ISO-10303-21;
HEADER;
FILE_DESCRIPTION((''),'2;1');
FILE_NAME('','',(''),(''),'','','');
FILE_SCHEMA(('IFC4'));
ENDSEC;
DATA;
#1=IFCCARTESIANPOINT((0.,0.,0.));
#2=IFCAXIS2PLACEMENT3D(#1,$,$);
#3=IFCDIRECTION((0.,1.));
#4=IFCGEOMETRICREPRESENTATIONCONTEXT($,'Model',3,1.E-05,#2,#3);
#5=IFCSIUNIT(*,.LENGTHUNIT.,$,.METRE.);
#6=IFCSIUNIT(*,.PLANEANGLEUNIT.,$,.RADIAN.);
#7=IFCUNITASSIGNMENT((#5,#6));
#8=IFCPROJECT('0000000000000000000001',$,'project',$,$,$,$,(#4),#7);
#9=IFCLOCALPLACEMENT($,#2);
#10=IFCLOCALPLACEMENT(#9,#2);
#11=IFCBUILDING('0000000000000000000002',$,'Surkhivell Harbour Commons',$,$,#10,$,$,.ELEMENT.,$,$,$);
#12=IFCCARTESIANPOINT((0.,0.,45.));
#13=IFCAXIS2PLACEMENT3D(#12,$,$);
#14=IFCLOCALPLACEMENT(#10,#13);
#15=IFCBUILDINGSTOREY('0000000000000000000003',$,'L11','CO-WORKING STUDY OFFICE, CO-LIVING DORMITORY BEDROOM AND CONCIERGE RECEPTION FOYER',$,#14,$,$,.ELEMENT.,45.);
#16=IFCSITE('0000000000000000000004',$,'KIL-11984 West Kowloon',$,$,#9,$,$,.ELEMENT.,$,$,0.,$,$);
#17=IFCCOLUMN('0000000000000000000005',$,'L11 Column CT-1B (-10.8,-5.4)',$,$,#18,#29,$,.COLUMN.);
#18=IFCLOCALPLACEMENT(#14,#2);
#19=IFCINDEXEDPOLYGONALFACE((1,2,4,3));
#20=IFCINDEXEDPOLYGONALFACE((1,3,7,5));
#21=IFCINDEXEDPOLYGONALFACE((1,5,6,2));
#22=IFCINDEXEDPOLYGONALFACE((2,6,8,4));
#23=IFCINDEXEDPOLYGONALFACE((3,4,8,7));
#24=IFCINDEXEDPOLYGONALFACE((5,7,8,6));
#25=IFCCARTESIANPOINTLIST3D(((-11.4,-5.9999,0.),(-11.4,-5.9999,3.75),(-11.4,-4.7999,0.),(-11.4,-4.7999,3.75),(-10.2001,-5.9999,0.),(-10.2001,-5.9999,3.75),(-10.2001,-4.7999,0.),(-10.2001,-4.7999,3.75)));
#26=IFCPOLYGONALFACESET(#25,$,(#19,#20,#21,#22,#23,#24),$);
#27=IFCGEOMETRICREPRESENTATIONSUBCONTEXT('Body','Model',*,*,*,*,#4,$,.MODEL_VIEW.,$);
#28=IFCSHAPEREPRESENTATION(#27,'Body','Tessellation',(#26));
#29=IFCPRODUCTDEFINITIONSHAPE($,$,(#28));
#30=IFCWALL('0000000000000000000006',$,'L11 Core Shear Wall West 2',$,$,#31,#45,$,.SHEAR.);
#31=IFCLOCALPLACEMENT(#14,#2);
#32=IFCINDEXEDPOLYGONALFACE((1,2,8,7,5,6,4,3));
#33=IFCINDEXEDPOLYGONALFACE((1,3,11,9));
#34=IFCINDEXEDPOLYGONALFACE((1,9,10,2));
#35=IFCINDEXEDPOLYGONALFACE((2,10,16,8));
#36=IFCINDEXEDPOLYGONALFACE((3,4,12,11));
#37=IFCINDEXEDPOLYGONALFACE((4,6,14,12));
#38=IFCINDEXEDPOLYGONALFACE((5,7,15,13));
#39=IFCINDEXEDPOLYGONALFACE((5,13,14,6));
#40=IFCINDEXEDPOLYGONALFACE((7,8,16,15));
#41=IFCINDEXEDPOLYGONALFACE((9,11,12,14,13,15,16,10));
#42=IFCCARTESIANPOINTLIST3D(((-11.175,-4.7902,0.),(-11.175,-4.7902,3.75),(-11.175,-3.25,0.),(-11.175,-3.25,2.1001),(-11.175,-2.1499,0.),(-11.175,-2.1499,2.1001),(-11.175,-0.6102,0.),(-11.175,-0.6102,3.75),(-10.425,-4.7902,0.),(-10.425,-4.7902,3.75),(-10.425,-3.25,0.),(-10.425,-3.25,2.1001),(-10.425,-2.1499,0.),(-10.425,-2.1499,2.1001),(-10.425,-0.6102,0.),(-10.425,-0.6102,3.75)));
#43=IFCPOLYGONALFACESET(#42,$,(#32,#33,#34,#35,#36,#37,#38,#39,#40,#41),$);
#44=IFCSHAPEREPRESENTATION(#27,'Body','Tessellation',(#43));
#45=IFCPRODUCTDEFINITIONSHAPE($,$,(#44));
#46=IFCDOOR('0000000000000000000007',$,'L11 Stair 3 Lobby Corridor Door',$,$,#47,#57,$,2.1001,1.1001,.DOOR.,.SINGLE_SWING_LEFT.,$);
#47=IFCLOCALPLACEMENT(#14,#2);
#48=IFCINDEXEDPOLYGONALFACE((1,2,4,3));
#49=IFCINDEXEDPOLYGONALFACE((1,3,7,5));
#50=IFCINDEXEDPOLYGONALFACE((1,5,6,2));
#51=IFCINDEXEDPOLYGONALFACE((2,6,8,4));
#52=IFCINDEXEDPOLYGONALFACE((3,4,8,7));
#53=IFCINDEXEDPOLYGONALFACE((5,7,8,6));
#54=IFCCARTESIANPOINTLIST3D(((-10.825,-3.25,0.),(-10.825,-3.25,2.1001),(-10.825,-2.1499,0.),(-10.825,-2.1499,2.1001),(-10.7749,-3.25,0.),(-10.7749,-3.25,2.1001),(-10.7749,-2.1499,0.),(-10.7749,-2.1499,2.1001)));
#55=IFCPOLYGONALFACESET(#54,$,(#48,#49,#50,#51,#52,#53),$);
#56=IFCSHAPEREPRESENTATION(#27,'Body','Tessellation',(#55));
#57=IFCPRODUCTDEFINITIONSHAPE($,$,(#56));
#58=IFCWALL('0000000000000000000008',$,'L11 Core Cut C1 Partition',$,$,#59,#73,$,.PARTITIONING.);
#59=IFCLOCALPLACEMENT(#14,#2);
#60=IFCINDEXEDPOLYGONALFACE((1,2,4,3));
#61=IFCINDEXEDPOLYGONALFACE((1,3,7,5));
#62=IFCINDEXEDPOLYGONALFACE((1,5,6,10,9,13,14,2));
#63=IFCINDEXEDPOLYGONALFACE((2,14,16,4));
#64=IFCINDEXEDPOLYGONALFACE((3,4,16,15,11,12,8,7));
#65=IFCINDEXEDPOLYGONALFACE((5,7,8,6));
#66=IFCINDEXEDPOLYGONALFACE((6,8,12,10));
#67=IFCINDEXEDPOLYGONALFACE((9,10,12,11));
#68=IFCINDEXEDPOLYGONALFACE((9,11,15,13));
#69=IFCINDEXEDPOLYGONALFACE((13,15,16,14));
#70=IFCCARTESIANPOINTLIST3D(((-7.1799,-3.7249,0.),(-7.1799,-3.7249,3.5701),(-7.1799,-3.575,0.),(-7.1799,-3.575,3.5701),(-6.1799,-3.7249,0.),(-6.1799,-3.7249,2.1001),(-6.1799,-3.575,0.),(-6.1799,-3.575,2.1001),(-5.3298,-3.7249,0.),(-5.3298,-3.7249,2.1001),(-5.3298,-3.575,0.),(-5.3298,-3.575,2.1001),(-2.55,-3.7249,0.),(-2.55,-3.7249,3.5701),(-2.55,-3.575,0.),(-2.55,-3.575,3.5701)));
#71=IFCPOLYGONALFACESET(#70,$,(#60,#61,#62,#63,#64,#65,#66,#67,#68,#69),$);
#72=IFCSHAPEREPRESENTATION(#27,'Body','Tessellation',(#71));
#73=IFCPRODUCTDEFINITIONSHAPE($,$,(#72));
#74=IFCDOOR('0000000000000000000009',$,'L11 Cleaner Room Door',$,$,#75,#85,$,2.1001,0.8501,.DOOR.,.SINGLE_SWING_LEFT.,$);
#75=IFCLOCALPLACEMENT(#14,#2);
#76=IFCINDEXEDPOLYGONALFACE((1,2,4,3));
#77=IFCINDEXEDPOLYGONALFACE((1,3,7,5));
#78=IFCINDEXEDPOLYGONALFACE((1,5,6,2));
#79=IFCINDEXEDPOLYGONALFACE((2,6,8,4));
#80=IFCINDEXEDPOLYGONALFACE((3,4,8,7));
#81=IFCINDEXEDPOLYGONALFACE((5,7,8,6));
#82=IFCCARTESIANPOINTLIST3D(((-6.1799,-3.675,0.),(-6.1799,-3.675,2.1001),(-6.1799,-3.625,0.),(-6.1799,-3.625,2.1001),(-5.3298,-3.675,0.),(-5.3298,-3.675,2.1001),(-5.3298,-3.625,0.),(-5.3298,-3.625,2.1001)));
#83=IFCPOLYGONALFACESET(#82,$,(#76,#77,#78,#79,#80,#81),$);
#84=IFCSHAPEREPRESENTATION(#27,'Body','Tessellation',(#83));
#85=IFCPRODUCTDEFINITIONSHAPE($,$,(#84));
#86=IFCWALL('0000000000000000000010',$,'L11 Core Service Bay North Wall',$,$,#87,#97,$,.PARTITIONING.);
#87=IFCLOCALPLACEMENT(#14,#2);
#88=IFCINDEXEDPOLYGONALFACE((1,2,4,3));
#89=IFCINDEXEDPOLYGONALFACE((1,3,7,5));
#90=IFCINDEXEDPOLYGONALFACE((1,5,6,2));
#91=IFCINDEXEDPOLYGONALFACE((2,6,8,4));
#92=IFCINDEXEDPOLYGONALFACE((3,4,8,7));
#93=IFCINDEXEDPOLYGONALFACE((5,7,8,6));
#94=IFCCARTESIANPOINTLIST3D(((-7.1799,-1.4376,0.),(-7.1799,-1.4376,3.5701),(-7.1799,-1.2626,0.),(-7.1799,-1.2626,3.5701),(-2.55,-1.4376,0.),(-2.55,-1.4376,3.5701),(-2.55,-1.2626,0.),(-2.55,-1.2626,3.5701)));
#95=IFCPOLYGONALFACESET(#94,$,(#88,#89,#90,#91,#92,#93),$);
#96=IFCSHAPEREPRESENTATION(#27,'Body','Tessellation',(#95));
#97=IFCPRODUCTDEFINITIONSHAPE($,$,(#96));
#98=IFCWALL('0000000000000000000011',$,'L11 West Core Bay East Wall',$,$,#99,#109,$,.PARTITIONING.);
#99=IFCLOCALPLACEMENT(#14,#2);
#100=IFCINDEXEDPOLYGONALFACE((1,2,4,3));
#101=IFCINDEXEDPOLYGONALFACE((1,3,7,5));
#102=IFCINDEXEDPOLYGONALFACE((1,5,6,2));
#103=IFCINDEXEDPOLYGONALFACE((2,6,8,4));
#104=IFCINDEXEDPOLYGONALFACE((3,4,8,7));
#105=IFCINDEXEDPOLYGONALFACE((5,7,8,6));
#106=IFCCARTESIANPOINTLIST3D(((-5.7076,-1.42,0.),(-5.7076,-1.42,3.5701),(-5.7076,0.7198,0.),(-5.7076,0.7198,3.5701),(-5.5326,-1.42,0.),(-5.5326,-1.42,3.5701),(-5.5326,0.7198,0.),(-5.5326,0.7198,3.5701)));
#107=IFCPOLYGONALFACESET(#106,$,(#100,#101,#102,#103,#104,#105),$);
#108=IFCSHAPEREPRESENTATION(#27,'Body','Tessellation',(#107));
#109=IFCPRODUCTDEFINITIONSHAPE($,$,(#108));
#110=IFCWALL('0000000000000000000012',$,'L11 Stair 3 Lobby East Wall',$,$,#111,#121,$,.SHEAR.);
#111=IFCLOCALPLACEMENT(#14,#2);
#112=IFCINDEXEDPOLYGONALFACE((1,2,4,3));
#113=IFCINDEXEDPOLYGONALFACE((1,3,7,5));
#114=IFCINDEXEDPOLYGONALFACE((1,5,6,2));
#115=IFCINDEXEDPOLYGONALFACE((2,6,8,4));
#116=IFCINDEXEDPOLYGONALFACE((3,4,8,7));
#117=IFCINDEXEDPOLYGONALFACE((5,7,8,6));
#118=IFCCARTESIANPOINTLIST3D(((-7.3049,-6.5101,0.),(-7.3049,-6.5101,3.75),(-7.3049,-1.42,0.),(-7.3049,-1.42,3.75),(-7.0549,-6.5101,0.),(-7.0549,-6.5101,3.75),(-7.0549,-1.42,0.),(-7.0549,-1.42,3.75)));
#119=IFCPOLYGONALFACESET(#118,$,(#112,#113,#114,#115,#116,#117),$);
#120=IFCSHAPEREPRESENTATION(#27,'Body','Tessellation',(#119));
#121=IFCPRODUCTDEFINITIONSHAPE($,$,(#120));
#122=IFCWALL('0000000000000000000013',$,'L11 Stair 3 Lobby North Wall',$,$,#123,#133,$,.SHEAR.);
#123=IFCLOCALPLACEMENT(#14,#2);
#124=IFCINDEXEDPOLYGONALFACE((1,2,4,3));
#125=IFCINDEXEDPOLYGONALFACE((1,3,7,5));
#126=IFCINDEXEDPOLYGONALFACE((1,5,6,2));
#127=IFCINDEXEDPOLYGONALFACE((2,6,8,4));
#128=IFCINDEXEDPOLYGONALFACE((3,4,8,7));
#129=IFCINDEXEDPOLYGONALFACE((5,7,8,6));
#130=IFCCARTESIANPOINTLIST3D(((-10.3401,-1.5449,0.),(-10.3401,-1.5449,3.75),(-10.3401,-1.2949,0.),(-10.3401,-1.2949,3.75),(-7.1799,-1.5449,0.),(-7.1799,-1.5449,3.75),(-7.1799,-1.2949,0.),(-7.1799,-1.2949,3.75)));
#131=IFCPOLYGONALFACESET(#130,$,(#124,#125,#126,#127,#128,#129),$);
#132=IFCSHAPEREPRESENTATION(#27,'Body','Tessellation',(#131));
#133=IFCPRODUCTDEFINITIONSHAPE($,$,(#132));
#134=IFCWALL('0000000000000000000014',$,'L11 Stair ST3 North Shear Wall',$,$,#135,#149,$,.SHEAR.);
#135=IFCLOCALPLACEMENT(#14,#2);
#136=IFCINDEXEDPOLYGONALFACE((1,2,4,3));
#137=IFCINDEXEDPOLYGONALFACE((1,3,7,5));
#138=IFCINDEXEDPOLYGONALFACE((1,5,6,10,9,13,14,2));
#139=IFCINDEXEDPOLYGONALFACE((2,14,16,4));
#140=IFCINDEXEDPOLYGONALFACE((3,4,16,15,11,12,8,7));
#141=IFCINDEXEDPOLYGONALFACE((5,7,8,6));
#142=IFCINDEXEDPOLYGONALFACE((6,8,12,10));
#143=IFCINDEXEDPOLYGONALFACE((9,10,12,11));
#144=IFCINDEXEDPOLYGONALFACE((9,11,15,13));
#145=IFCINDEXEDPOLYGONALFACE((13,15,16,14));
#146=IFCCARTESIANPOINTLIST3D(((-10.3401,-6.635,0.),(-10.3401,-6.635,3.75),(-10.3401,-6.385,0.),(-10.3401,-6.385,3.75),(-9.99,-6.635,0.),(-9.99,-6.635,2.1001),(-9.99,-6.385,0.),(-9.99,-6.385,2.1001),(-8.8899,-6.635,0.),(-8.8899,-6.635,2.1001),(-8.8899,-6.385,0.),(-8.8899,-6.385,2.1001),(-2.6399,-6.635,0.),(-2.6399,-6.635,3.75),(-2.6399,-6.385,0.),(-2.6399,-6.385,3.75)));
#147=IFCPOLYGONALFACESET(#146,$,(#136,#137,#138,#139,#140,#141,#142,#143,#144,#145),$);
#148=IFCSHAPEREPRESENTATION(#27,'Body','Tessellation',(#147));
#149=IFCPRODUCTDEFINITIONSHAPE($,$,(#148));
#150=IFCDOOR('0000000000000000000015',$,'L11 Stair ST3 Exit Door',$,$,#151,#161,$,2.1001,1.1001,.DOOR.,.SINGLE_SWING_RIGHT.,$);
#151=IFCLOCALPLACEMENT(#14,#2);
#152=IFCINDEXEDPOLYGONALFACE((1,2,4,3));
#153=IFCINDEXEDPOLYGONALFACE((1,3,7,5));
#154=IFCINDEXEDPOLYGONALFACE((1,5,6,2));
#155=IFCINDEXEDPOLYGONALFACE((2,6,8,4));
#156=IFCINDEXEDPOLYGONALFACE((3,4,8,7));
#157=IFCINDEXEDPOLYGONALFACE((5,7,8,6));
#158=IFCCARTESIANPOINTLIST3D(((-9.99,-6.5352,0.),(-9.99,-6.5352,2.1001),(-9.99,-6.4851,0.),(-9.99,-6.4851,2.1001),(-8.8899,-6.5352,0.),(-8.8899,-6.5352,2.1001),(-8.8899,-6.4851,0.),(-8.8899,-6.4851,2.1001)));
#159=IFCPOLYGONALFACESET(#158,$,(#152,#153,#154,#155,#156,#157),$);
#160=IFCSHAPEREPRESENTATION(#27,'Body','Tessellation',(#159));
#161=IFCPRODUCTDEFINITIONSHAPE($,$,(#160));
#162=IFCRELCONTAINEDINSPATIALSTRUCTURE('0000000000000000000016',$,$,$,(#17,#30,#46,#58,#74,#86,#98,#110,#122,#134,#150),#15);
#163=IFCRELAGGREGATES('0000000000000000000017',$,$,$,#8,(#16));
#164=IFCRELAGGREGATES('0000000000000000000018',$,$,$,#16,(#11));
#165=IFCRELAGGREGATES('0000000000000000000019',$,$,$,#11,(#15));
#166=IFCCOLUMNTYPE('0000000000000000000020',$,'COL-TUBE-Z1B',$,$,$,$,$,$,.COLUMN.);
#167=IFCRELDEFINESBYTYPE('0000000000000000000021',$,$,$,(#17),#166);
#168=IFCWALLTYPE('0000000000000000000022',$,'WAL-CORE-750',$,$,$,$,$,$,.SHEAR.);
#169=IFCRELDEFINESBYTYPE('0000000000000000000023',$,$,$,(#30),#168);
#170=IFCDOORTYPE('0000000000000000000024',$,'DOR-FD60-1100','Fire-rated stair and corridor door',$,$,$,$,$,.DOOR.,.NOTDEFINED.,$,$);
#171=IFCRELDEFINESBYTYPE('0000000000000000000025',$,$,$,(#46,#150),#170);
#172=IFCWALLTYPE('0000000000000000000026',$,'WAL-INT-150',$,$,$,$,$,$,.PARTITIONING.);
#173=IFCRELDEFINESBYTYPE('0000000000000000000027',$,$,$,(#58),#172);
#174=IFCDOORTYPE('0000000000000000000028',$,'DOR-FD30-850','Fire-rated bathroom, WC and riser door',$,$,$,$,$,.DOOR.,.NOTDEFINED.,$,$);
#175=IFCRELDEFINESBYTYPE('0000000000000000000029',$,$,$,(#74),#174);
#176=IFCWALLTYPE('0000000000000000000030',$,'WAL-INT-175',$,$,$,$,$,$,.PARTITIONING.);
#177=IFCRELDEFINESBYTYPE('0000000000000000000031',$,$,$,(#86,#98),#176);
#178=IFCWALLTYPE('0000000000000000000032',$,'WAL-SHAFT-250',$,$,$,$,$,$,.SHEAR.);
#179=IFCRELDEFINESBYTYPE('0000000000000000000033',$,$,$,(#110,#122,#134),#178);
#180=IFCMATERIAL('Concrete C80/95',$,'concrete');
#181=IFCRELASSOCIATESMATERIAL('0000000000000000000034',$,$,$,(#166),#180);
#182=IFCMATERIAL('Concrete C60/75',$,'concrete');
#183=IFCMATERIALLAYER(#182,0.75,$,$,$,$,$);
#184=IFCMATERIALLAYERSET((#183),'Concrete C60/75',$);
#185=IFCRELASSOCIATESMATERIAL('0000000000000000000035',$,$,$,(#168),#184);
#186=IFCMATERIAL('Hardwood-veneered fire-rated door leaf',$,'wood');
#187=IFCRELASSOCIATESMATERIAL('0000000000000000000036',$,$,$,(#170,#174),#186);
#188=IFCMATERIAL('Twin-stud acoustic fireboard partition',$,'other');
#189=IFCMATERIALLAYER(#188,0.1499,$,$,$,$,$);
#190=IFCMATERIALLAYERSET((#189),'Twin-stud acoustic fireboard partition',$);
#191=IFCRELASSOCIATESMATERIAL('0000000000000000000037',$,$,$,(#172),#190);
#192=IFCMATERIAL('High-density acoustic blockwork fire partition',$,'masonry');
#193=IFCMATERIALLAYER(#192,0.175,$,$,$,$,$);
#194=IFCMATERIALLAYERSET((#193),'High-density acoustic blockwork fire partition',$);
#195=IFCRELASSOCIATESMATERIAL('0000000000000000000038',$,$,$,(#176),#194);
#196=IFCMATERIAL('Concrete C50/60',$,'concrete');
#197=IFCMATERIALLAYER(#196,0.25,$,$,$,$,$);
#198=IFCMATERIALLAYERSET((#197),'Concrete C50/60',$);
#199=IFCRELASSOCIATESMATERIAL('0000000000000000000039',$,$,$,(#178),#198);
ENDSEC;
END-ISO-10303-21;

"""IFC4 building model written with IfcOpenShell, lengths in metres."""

from ifc_helpers import new_model, si_unit, direction, frame, frame_2d, origin, origin_2d, place, context, subcontext, project, spatial, rectangle, extrude, material, layer, layer_set, material_profile, profile_set, type_object, element, fill, save


model = new_model("IFC4")

# Units and contexts
model_context = context("Model", 3, precision=1e-05, world=origin(), true_north=direction((0.0, 1.0)))
body_context = subcontext(model_context, "Body", "Model", "MODEL_VIEW")
ifc_project = project(units=[si_unit("LENGTHUNIT", "METRE"), si_unit("PLANEANGLEUNIT", "RADIAN")], contexts=[model_context])

# Site, building, storey
site_placement = place(None, origin())
site = spatial("IfcSite", under=ifc_project, at=site_placement, Name="KIL-11984 West Kowloon", CompositionType="ELEMENT", RefElevation=0.0)
building_placement = place(site_placement, origin())
building = spatial("IfcBuilding", under=site, at=building_placement, Name="Surkhivell Harbour Commons", CompositionType="ELEMENT")
storey_placement = place(building_placement, frame((0.0, 0.0, 45.0)))
storey = spatial("IfcBuildingStorey", under=building, at=storey_placement, Name="L11", Description="CO-WORKING STUDY OFFICE, CO-LIVING DORMITORY BEDROOM AND CONCIERGE RECEPTION FOYER", CompositionType="ELEMENT", Elevation=45.0)

# Column
ifc_material_1 = material(Name="Concrete C80/95", Category="concrete")
ifc_material_profile = material_profile(ifc_material_1, rectangle(XDim=1.2, YDim=1.2, at=origin_2d()), Name="RC-COL-1200x1200")
ifc_profile_set = profile_set([ifc_material_profile], Name="Concrete C80/95")
column_type = type_object("IfcColumnType", Name="COL-TUBE-Z1B", PredefinedType="COLUMN", material=ifc_profile_set)
column_placement = place(storey_placement, frame((-10.8, -5.3999, 0.0), z_axis=(0.0, 0.0, 1.0), x_axis=(1.0, 0.0, 0.0)))
element("IfcColumn", 1, at=column_placement, inside=storey, type_object=column_type, Name="L11 Column CT-1B (-10.8,-5.4)", PredefinedType="COLUMN", context=body_context, shape_type="SweptSolid", body=[
    extrude(rectangle(XDim=1.2, YDim=1.2, at=origin_2d()), origin(), (0.0, 0.0, 1.0), 3.75),
])

# Walls, openings, doors
ifc_material_2 = material(Name="Concrete C60/75", Category="concrete")
ifc_layer_1 = layer(ifc_material_2, 0.75)
ifc_layer_set_1 = layer_set([ifc_layer_1], Name="Concrete C60/75")
wall_type_1 = type_object("IfcWallType", Name="WAL-CORE-750", PredefinedType="SHEAR", material=ifc_layer_set_1)
wall_1_placement = place(storey_placement, frame((-10.8, -4.79, 0.0), z_axis=(0.0, 0.0, 1.0), x_axis=(0.0, 1.0, 0.0)))
wall_1 = element("IfcWall", 2, at=wall_1_placement, inside=storey, type_object=wall_type_1, Name="L11 Core Shear Wall West 2", PredefinedType="SHEAR", context=body_context, shape_type="SweptSolid", body=[
    extrude(rectangle(XDim=4.1799, YDim=0.75, at=frame_2d((2.0898, 0.0))), origin(), (0.0, 0.0, 1.0), 3.75),
])
opening_1_placement = place(wall_1_placement, frame((1.54, 0.0, 0.0)))
opening_1 = element("IfcOpeningElement", 3, at=opening_1_placement, cuts=wall_1, PredefinedType="OPENING", context=body_context, shape_type="SweptSolid", body=[
    extrude(rectangle(XDim=1.1001, YDim=2.1001, at=frame_2d((0.55, 1.05))), frame((0.0, 0.385, 0.0), z_axis=(0.0, -1.0, 0.0), x_axis=(1.0, 0.0, 0.0)), (0.0, 0.0, 1.0), 0.77),
])
ifc_material_3 = material(Name="Hardwood-veneered fire-rated door leaf", Category="wood")
door_type_1 = type_object("IfcDoorType", Name="DOR-FD60-1100", Description="Fire-rated stair and corridor door", OperationType="NOTDEFINED", PredefinedType="DOOR", material=ifc_material_3)
door_1_placement = place(opening_1_placement, origin())
door_1 = element("IfcDoor", 4, at=door_1_placement, inside=storey, type_object=door_type_1, Name="L11 Stair 3 Lobby Corridor Door", OperationType="SINGLE_SWING_LEFT", OverallHeight=2.1001, OverallWidth=1.1001, PredefinedType="DOOR", context=body_context, shape_type="SweptSolid", body=[
    extrude(rectangle(XDim=1.1001, YDim=2.1001, at=frame_2d((0.55, 1.05))), frame((0.0, 0.0249, 0.0), z_axis=(0.0, -1.0, 0.0), x_axis=(1.0, 0.0, 0.0)), (0.0, 0.0, 1.0), 0.05),
])
fill(opening_1, door_1)
ifc_material_4 = material(Name="Twin-stud acoustic fireboard partition", Category="other")
ifc_layer_2 = layer(ifc_material_4, 0.1499)
ifc_layer_set_2 = layer_set([ifc_layer_2], Name="Twin-stud acoustic fireboard partition")
wall_type_2 = type_object("IfcWallType", Name="WAL-INT-150", PredefinedType="PARTITIONING", material=ifc_layer_set_2)
wall_2_placement = place(storey_placement, frame((-7.1799, -3.6499, 0.0), z_axis=(0.0, 0.0, 1.0), x_axis=(1.0, 0.0, 0.0)))
wall_2 = element("IfcWall", 5, at=wall_2_placement, inside=storey, type_object=wall_type_2, Name="L11 Core Cut C1 Partition", PredefinedType="PARTITIONING", context=body_context, shape_type="SweptSolid", body=[
    extrude(rectangle(XDim=4.6299, YDim=0.1499, at=frame_2d((2.3149, 0.0))), origin(), (0.0, 0.0, 1.0), 3.5701),
])
opening_2_placement = place(wall_2_placement, frame((1.0, 0.0, 0.0)))
opening_2 = element("IfcOpeningElement", 6, at=opening_2_placement, cuts=wall_2, PredefinedType="OPENING", context=body_context, shape_type="SweptSolid", body=[
    extrude(rectangle(XDim=0.8501, YDim=2.1001, at=frame_2d((0.425, 1.05))), frame((0.0, 0.085, 0.0), z_axis=(0.0, -1.0, 0.0), x_axis=(1.0, 0.0, 0.0)), (0.0, 0.0, 1.0), 0.1699),
])
door_type_2 = type_object("IfcDoorType", Name="DOR-FD30-850", Description="Fire-rated bathroom, WC and riser door", OperationType="NOTDEFINED", PredefinedType="DOOR", material=ifc_material_3)
door_2_placement = place(opening_2_placement, origin())
door_2 = element("IfcDoor", 7, at=door_2_placement, inside=storey, type_object=door_type_2, Name="L11 Cleaner Room Door", OperationType="SINGLE_SWING_LEFT", OverallHeight=2.1001, OverallWidth=0.8501, PredefinedType="DOOR", context=body_context, shape_type="SweptSolid", body=[
    extrude(rectangle(XDim=0.8501, YDim=2.1001, at=frame_2d((0.425, 1.05))), frame((0.0, 0.0249, 0.0), z_axis=(0.0, -1.0, 0.0), x_axis=(1.0, 0.0, 0.0)), (0.0, 0.0, 1.0), 0.05),
])
fill(opening_2, door_2)

# Walls
ifc_material_5 = material(Name="High-density acoustic blockwork fire partition", Category="masonry")
ifc_layer_3 = layer(ifc_material_5, 0.175)
ifc_layer_set_3 = layer_set([ifc_layer_3], Name="High-density acoustic blockwork fire partition")
wall_type_3 = type_object("IfcWallType", Name="WAL-INT-175", PredefinedType="PARTITIONING", material=ifc_layer_set_3)
wall_3_placement = place(storey_placement, frame((-7.1799, -1.3501, 0.0), z_axis=(0.0, 0.0, 1.0), x_axis=(1.0, 0.0, 0.0)))
element("IfcWall", 8, at=wall_3_placement, inside=storey, type_object=wall_type_3, Name="L11 Core Service Bay North Wall", PredefinedType="PARTITIONING", context=body_context, shape_type="SweptSolid", body=[
    extrude(rectangle(XDim=4.6299, YDim=0.175, at=frame_2d((2.3149, 0.0))), origin(), (0.0, 0.0, 1.0), 3.5701),
])
wall_4_placement = place(storey_placement, frame((-5.6201, -1.4199, 0.0), z_axis=(0.0, 0.0, 1.0), x_axis=(0.0, 1.0, 0.0)))
element("IfcWall", 9, at=wall_4_placement, inside=storey, type_object=wall_type_3, Name="L11 West Core Bay East Wall", PredefinedType="PARTITIONING", context=body_context, shape_type="SweptSolid", body=[
    extrude(rectangle(XDim=2.1399, YDim=0.175, at=frame_2d((1.0698, 0.0))), origin(), (0.0, 0.0, 1.0), 3.5701),
])
ifc_material_6 = material(Name="Concrete C50/60", Category="concrete")
ifc_layer_4 = layer(ifc_material_6, 0.25)
ifc_layer_set_4 = layer_set([ifc_layer_4], Name="Concrete C50/60")
wall_type_4 = type_object("IfcWallType", Name="WAL-SHAFT-250", PredefinedType="SHEAR", material=ifc_layer_set_4)
wall_5_placement = place(storey_placement, frame((-7.1799, -6.51, 0.0), z_axis=(0.0, 0.0, 1.0), x_axis=(0.0, 1.0, 0.0)))
element("IfcWall", 10, at=wall_5_placement, inside=storey, type_object=wall_type_4, Name="L11 Stair 3 Lobby East Wall", PredefinedType="SHEAR", context=body_context, shape_type="SweptSolid", body=[
    extrude(rectangle(XDim=5.0901, YDim=0.25, at=frame_2d((2.5449, 0.0))), origin(), (0.0, 0.0, 1.0), 3.75),
])
wall_6_placement = place(storey_placement, frame((-10.3401, -1.4199, 0.0), z_axis=(0.0, 0.0, 1.0), x_axis=(1.0, 0.0, 0.0)))
element("IfcWall", 11, at=wall_6_placement, inside=storey, type_object=wall_type_4, Name="L11 Stair 3 Lobby North Wall", PredefinedType="SHEAR", context=body_context, shape_type="SweptSolid", body=[
    extrude(rectangle(XDim=3.1602, YDim=0.25, at=frame_2d((1.5801, 0.0))), origin(), (0.0, 0.0, 1.0), 3.75),
])

# Wall, opening, door
wall_7_placement = place(storey_placement, frame((-10.3401, -6.51, 0.0), z_axis=(0.0, 0.0, 1.0), x_axis=(1.0, 0.0, 0.0)))
wall_7 = element("IfcWall", 12, at=wall_7_placement, inside=storey, type_object=wall_type_4, Name="L11 Stair ST3 North Shear Wall", PredefinedType="SHEAR", context=body_context, shape_type="SweptSolid", body=[
    extrude(rectangle(XDim=7.7002, YDim=0.25, at=frame_2d((3.8501, 0.0))), origin(), (0.0, 0.0, 1.0), 3.75),
])
opening_3_placement = place(wall_7_placement, frame((0.3501, 0.0, 0.0)))
opening_3 = element("IfcOpeningElement", 13, at=opening_3_placement, cuts=wall_7, PredefinedType="OPENING", context=body_context, shape_type="SweptSolid", body=[
    extrude(rectangle(XDim=1.1001, YDim=2.1001, at=frame_2d((0.55, 1.05))), frame((0.0, 0.135, 0.0), z_axis=(0.0, -1.0, 0.0), x_axis=(1.0, 0.0, 0.0)), (0.0, 0.0, 1.0), 0.27),
])
door_3_placement = place(opening_3_placement, origin())
door_3 = element("IfcDoor", 14, at=door_3_placement, inside=storey, type_object=door_type_1, Name="L11 Stair ST3 Exit Door", OperationType="SINGLE_SWING_RIGHT", OverallHeight=2.1001, OverallWidth=1.1001, PredefinedType="DOOR", context=body_context, shape_type="SweptSolid", body=[
    extrude(rectangle(XDim=1.1001, YDim=2.1001, at=frame_2d((0.55, 1.05))), frame((0.0, 0.0249, 0.0), z_axis=(0.0, -1.0, 0.0), x_axis=(1.0, 0.0, 0.0)), (0.0, 0.0, 1.0), 0.05),
])
fill(opening_3, door_3)

save(model, "model.ifc")
